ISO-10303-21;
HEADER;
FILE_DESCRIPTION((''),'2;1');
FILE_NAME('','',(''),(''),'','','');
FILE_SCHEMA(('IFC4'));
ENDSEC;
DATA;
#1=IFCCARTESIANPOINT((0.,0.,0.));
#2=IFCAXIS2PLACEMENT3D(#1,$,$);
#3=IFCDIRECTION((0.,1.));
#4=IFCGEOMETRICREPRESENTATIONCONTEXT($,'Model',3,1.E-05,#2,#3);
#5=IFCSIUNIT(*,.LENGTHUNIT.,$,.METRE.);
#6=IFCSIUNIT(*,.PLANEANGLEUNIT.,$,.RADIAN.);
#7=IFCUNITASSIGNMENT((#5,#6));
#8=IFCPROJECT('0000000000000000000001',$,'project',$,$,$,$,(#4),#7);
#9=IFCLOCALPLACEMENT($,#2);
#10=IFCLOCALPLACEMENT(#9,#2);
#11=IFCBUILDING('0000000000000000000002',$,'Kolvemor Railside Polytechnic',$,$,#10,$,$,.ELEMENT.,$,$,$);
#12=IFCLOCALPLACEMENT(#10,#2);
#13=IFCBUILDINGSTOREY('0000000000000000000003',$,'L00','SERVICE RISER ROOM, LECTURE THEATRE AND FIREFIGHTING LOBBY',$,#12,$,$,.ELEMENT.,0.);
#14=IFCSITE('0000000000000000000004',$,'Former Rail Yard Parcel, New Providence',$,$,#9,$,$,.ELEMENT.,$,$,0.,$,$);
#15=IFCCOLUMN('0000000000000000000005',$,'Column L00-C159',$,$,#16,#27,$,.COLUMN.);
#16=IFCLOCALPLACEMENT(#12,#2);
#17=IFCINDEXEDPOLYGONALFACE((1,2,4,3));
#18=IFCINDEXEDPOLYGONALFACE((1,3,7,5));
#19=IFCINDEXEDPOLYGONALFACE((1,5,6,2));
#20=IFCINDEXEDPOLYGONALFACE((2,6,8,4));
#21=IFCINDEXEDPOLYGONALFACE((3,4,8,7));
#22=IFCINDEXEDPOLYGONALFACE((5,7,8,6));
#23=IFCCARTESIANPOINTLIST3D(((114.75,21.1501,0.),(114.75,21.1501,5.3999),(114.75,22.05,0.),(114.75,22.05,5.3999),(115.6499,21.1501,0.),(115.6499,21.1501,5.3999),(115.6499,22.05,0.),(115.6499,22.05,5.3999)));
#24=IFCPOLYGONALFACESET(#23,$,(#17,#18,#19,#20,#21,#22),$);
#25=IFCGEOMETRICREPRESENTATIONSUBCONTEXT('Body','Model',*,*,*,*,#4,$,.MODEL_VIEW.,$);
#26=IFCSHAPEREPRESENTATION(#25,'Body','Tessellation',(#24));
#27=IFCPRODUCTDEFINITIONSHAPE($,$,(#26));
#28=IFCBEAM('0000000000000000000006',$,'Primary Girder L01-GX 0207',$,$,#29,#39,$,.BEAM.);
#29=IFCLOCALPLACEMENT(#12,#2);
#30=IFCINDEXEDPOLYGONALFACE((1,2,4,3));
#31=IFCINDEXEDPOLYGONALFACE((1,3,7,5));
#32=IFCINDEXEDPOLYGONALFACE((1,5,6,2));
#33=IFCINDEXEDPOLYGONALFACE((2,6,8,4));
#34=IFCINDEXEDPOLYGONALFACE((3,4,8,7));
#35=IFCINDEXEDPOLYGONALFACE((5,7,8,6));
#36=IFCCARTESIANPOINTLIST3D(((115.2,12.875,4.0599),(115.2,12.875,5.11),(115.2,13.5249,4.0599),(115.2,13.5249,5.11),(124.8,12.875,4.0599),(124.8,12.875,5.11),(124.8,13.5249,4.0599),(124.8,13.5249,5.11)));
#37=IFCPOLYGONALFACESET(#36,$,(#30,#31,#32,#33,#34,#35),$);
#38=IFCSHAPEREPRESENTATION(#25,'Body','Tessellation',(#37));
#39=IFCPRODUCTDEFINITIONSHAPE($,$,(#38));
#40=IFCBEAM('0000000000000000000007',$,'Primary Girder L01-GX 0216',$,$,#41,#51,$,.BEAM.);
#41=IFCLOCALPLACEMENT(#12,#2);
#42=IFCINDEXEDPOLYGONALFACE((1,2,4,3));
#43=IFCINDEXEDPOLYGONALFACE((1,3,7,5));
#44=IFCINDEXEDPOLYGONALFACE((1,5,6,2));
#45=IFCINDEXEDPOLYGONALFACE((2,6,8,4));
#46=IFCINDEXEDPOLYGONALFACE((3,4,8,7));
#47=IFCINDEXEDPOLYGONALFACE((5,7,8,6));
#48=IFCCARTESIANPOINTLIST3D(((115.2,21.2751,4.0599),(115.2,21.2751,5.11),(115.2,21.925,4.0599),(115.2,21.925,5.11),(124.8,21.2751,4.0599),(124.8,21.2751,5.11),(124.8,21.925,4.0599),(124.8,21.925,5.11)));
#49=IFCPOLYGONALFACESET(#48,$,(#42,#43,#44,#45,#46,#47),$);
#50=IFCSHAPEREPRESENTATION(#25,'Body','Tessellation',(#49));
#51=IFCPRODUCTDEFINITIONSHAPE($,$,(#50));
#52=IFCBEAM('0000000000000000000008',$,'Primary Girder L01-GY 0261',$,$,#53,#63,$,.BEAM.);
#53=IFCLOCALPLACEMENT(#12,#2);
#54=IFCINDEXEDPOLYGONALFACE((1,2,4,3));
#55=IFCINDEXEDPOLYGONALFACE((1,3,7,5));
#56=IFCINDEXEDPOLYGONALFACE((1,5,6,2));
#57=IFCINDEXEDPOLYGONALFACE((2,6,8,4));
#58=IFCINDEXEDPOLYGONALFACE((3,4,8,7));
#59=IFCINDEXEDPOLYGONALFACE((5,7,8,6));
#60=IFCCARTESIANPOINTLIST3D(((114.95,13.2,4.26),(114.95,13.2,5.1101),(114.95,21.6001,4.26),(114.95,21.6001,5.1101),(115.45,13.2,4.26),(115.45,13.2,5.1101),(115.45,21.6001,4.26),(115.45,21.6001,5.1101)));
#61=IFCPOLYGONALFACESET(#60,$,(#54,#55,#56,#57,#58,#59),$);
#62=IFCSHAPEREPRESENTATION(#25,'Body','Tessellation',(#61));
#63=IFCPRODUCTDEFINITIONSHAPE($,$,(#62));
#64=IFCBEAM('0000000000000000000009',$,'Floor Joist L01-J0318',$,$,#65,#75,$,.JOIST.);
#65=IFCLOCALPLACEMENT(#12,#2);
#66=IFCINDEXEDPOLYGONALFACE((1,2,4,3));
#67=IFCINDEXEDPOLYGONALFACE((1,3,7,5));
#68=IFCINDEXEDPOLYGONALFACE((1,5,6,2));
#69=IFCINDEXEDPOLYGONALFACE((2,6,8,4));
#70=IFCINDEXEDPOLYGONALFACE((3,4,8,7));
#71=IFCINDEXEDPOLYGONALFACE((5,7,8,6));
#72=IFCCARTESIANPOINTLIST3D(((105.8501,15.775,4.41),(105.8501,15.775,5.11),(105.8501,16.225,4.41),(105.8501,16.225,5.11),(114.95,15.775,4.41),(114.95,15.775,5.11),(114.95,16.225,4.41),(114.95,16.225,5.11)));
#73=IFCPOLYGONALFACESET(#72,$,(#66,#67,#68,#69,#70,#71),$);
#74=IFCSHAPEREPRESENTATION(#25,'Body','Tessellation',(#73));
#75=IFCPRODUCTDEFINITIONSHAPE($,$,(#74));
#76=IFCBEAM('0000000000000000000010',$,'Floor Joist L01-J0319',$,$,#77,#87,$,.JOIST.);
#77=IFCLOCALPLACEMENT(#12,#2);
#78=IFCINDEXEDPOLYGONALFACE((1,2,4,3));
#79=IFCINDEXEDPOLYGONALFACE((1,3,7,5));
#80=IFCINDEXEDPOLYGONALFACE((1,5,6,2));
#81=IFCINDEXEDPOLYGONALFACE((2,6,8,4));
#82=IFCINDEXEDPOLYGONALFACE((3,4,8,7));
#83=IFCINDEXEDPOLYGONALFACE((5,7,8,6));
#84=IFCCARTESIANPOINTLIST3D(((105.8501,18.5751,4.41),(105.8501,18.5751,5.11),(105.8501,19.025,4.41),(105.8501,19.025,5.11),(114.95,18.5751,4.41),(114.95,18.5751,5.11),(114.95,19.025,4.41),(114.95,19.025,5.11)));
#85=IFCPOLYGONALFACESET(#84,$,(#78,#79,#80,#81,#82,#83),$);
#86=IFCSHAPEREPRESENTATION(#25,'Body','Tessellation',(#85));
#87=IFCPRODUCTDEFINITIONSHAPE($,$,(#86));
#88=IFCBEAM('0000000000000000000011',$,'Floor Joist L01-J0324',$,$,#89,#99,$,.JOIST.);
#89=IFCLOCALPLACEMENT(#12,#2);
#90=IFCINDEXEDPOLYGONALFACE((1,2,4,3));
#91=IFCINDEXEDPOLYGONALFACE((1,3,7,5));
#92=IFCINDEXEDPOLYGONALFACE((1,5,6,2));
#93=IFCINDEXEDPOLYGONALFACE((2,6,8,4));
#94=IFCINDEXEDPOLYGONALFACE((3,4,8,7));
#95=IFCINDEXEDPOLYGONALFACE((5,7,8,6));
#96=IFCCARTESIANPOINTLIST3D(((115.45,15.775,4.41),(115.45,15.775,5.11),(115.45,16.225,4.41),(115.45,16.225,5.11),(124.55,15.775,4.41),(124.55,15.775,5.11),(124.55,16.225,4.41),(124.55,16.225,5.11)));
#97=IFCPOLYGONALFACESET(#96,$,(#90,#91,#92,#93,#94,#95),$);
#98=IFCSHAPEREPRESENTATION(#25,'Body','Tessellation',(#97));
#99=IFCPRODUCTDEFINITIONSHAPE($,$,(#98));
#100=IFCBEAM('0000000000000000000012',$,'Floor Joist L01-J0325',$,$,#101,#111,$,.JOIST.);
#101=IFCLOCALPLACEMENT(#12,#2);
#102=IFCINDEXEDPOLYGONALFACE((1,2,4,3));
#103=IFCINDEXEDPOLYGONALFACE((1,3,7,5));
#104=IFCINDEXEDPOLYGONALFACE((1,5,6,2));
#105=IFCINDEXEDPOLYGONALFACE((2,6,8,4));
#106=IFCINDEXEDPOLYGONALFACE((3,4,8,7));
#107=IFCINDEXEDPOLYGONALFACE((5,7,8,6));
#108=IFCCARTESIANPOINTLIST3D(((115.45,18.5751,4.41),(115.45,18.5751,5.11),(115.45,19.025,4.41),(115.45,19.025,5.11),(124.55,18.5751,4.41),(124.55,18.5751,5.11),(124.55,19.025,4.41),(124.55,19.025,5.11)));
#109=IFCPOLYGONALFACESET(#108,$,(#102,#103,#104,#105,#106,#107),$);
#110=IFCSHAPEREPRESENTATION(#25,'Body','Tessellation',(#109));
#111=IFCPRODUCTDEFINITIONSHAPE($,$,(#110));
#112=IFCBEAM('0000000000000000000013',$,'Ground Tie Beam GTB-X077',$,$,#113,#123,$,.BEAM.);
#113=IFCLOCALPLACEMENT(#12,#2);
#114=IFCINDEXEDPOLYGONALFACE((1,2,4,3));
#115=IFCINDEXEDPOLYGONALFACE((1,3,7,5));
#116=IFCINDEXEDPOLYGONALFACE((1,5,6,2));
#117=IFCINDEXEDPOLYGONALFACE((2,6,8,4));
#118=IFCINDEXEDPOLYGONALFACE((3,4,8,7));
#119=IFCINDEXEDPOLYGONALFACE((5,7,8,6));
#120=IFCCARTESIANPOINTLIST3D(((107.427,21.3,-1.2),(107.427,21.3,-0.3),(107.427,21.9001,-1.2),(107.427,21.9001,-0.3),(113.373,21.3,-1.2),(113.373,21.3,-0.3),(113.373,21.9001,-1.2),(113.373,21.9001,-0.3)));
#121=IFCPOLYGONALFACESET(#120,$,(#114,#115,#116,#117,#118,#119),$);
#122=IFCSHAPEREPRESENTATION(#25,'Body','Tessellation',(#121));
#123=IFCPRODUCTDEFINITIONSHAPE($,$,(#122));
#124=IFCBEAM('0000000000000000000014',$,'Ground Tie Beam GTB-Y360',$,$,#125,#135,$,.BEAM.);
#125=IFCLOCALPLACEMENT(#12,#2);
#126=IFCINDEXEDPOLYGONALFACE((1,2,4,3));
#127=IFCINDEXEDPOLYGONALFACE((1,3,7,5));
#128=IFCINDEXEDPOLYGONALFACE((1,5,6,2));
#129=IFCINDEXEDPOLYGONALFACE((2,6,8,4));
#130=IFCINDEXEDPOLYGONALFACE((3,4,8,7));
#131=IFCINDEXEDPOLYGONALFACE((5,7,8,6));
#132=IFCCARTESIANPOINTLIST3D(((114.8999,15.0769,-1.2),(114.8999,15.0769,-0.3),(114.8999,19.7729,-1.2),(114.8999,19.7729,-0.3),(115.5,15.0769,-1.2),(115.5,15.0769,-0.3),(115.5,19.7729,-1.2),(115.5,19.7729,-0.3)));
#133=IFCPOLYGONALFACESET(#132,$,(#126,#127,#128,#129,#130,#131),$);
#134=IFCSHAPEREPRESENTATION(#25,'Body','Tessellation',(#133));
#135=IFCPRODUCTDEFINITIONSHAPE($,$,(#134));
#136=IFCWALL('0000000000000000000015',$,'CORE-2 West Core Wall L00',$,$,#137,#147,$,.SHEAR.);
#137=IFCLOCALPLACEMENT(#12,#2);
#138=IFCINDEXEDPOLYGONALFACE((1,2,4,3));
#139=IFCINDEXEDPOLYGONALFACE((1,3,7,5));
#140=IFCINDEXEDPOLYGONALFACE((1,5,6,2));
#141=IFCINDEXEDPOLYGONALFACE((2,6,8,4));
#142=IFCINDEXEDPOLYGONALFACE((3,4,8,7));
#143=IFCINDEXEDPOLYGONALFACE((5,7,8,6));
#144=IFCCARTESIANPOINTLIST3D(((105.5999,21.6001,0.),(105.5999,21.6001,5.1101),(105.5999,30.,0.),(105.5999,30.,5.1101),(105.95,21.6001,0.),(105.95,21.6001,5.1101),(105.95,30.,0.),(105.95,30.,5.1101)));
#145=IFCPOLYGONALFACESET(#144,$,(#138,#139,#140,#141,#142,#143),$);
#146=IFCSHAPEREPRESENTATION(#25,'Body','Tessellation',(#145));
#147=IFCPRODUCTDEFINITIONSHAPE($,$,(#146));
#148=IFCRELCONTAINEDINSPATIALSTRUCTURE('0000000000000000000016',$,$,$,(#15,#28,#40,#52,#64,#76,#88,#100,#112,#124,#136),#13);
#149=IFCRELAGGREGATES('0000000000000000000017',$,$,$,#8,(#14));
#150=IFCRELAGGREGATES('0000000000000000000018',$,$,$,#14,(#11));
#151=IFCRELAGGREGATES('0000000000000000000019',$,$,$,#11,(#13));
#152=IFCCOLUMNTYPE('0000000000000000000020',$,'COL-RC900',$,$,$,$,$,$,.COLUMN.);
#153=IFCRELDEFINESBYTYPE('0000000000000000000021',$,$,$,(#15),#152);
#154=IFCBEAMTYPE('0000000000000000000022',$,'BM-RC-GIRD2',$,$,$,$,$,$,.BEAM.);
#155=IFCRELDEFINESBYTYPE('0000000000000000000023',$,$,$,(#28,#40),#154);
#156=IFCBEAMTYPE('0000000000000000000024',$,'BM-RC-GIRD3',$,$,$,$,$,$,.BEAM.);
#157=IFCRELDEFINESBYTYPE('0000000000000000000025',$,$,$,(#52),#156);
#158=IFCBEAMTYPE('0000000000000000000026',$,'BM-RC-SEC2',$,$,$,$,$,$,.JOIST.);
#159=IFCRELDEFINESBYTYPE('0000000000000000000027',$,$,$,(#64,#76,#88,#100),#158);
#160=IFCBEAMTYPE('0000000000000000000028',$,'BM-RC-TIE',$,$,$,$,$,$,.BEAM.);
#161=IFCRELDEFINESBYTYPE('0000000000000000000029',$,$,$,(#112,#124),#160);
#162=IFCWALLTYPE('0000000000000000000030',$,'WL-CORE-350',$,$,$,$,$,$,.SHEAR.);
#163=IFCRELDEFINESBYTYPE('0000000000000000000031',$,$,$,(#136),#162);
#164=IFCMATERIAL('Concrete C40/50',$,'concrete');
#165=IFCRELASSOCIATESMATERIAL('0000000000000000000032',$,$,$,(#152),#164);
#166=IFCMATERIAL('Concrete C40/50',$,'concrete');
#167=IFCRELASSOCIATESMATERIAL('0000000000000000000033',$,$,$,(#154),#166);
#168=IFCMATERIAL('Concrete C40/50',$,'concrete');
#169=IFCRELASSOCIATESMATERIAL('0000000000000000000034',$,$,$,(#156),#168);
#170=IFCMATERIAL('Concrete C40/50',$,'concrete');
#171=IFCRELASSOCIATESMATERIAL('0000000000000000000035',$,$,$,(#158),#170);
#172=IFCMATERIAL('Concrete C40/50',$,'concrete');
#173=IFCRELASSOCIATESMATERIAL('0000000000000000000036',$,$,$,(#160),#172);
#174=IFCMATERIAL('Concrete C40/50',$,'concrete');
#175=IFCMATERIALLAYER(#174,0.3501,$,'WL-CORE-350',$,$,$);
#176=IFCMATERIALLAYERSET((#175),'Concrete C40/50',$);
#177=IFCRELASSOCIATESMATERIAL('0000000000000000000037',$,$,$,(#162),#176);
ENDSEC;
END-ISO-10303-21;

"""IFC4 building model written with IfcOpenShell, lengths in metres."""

from ifc_helpers import new_model, si_unit, direction, frame, frame_2d, origin, origin_2d, place, context, subcontext, project, spatial, rectangle, extrude, material, layer, layer_set, material_profile, profile_set, type_object, element, save


model = new_model("IFC4")

# Units and contexts
model_context = context("Model", 3, precision=1e-05, world=origin(), true_north=direction((0.0, 1.0)))
body_context = subcontext(model_context, "Body", "Model", "MODEL_VIEW")
ifc_project = project(units=[si_unit("LENGTHUNIT", "METRE"), si_unit("PLANEANGLEUNIT", "RADIAN")], contexts=[model_context])

# Site, building, storey
site_placement = place(None, origin())
site = spatial("IfcSite", under=ifc_project, at=site_placement, Name="Former Rail Yard Parcel, New Providence", CompositionType="ELEMENT", RefElevation=0.0)
building_placement = place(site_placement, origin())
building = spatial("IfcBuilding", under=site, at=building_placement, Name="Kolvemor Railside Polytechnic", CompositionType="ELEMENT")
storey_placement = place(building_placement, origin())
storey = spatial("IfcBuildingStorey", under=building, at=storey_placement, Name="L00", Description="SERVICE RISER ROOM, LECTURE THEATRE AND FIREFIGHTING LOBBY", CompositionType="ELEMENT", Elevation=0.0)

# Column
ifc_material_1 = material(Name="Concrete C40/50", Category="concrete")
ifc_material_profile_1 = material_profile(ifc_material_1, rectangle(XDim=0.8999, YDim=0.8999, at=origin_2d()), Name="RC900x900")
ifc_profile_set_1 = profile_set([ifc_material_profile_1], Name="Concrete C40/50")
column_type = type_object("IfcColumnType", Name="COL-RC900", PredefinedType="COLUMN", material=ifc_profile_set_1)
column_placement = place(storey_placement, frame((115.2, 21.6001, 0.0), z_axis=(0.0, 0.0, 1.0), x_axis=(1.0, 0.0, 0.0)))
element("IfcColumn", 1, at=column_placement, inside=storey, type_object=column_type, Name="Column L00-C159", PredefinedType="COLUMN", context=body_context, shape_type="SweptSolid", body=[
    extrude(rectangle(XDim=0.8999, YDim=0.8999, at=origin_2d()), origin(), (0.0, 0.0, 1.0), 5.3999),
])

# Beams
ifc_material_2 = material(Name="Concrete C40/50", Category="concrete")
ifc_material_profile_2 = material_profile(ifc_material_2, rectangle(XDim=0.6499, YDim=1.05, at=origin_2d()), Name="RC650x1050")
ifc_profile_set_2 = profile_set([ifc_material_profile_2], Name="Concrete C40/50")
beam_type_1 = type_object("IfcBeamType", Name="BM-RC-GIRD2", PredefinedType="BEAM", material=ifc_profile_set_2)
for number, where, z_axis, x_axis, name in (
    (2, (115.2, 13.2, 4.585), (1.0, 0.0, 0.0), (0.0, 1.0, 0.0), "Primary Girder L01-GX 0207"),
    (3, (115.2, 21.6001, 4.585), (1.0, 0.0, 0.0), (0.0, 1.0, 0.0), "Primary Girder L01-GX 0216"),
):
    element("IfcBeam", number, at=place(storey_placement, frame(where, z_axis=z_axis, x_axis=x_axis)), inside=storey, type_object=beam_type_1, Name=name, PredefinedType="BEAM", context=body_context, shape_type="SweptSolid", body=[
        extrude(rectangle(XDim=0.6499, YDim=1.05, at=origin_2d()), origin(), (0.0, 0.0, 1.0), 9.6001),
    ])
ifc_material_3 = material(Name="Concrete C40/50", Category="concrete")
ifc_material_profile_3 = material_profile(ifc_material_3, rectangle(XDim=0.5, YDim=0.8501, at=origin_2d()), Name="RC500x850")
ifc_profile_set_3 = profile_set([ifc_material_profile_3], Name="Concrete C40/50")
beam_type_2 = type_object("IfcBeamType", Name="BM-RC-GIRD3", PredefinedType="BEAM", material=ifc_profile_set_3)
beam_1_placement = place(storey_placement, frame((115.2, 13.2, 4.6851), z_axis=(0.0, 1.0, 0.0), x_axis=(-1.0, 0.0, 0.0)))
element("IfcBeam", 4, at=beam_1_placement, inside=storey, type_object=beam_type_2, Name="Primary Girder L01-GY 0261", PredefinedType="BEAM", context=body_context, shape_type="SweptSolid", body=[
    extrude(rectangle(XDim=0.5, YDim=0.8501, at=origin_2d()), origin(), (0.0, 0.0, 1.0), 8.4001),
])
ifc_material_4 = material(Name="Concrete C40/50", Category="concrete")
ifc_material_profile_4 = material_profile(ifc_material_4, rectangle(XDim=0.45, YDim=0.7, at=origin_2d()), Name="RC450x700")
ifc_profile_set_4 = profile_set([ifc_material_profile_4], Name="Concrete C40/50")
beam_type_3 = type_object("IfcBeamType", Name="BM-RC-SEC2", PredefinedType="JOIST", material=ifc_profile_set_4)
for number, where, z_axis, x_axis, name in (
    (5, (105.8501, 16.0, 4.76), (1.0, 0.0, 0.0), (0.0, 1.0, 0.0), "Floor Joist L01-J0318"),
    (6, (105.8501, 18.8, 4.76), (1.0, 0.0, 0.0), (0.0, 1.0, 0.0), "Floor Joist L01-J0319"),
):
    element("IfcBeam", number, at=place(storey_placement, frame(where, z_axis=z_axis, x_axis=x_axis)), inside=storey, type_object=beam_type_3, Name=name, PredefinedType="JOIST", context=body_context, shape_type="SweptSolid", body=[
        extrude(rectangle(XDim=0.45, YDim=0.7, at=origin_2d()), origin(), (0.0, 0.0, 1.0), 9.0999),
    ])
for number, where, z_axis, x_axis, name in (
    (7, (115.45, 16.0, 4.76), (1.0, 0.0, 0.0), (0.0, 1.0, 0.0), "Floor Joist L01-J0324"),
    (8, (115.45, 18.8, 4.76), (1.0, 0.0, 0.0), (0.0, 1.0, 0.0), "Floor Joist L01-J0325"),
):
    element("IfcBeam", number, at=place(storey_placement, frame(where, z_axis=z_axis, x_axis=x_axis)), inside=storey, type_object=beam_type_3, Name=name, PredefinedType="JOIST", context=body_context, shape_type="SweptSolid", body=[
        extrude(rectangle(XDim=0.45, YDim=0.7, at=origin_2d()), origin(), (0.0, 0.0, 1.0), 9.1001),
    ])
ifc_material_5 = material(Name="Concrete C40/50", Category="concrete")
ifc_material_profile_5 = material_profile(ifc_material_5, rectangle(XDim=0.6001, YDim=0.8999, at=origin_2d()), Name="RC600x900")
ifc_profile_set_5 = profile_set([ifc_material_profile_5], Name="Concrete C40/50")
beam_type_4 = type_object("IfcBeamType", Name="BM-RC-TIE", PredefinedType="BEAM", material=ifc_profile_set_5)
beam_2_placement = place(storey_placement, frame((107.427, 21.6001, -0.75), z_axis=(1.0, 0.0, 0.0), x_axis=(0.0, 1.0, 0.0)))
element("IfcBeam", 9, at=beam_2_placement, inside=storey, type_object=beam_type_4, Name="Ground Tie Beam GTB-X077", PredefinedType="BEAM", context=body_context, shape_type="SweptSolid", body=[
    extrude(rectangle(XDim=0.6001, YDim=0.8999, at=origin_2d()), origin(), (0.0, 0.0, 1.0), 5.946),
])
beam_3_placement = place(storey_placement, frame((115.2, 15.0769, -0.75), z_axis=(0.0, 1.0, 0.0), x_axis=(-1.0, 0.0, 0.0)))
element("IfcBeam", 10, at=beam_3_placement, inside=storey, type_object=beam_type_4, Name="Ground Tie Beam GTB-Y360", PredefinedType="BEAM", context=body_context, shape_type="SweptSolid", body=[
    extrude(rectangle(XDim=0.6001, YDim=0.8999, at=origin_2d()), origin(), (0.0, 0.0, 1.0), 4.696),
])

# Wall
ifc_material_6 = material(Name="Concrete C40/50", Category="concrete")
ifc_layer = layer(ifc_material_6, 0.3501, Name="WL-CORE-350")
ifc_layer_set = layer_set([ifc_layer], Name="Concrete C40/50")
wall_type = type_object("IfcWallType", Name="WL-CORE-350", PredefinedType="SHEAR", material=ifc_layer_set)
wall_1_placement = place(storey_placement, frame((105.7749, 21.6001, 0.0), z_axis=(0.0, 0.0, 1.0), x_axis=(0.0, 1.0, 0.0)))
element("IfcWall", 11, at=wall_1_placement, inside=storey, type_object=wall_type, Name="CORE-2 West Core Wall L00", PredefinedType="SHEAR", context=body_context, shape_type="SweptSolid", body=[
    extrude(rectangle(XDim=8.3999, YDim=0.3501, at=frame_2d((4.2, 0.0))), origin(), (0.0, 0.0, 1.0), 5.1101),
])

save(model, "model.ifc")
